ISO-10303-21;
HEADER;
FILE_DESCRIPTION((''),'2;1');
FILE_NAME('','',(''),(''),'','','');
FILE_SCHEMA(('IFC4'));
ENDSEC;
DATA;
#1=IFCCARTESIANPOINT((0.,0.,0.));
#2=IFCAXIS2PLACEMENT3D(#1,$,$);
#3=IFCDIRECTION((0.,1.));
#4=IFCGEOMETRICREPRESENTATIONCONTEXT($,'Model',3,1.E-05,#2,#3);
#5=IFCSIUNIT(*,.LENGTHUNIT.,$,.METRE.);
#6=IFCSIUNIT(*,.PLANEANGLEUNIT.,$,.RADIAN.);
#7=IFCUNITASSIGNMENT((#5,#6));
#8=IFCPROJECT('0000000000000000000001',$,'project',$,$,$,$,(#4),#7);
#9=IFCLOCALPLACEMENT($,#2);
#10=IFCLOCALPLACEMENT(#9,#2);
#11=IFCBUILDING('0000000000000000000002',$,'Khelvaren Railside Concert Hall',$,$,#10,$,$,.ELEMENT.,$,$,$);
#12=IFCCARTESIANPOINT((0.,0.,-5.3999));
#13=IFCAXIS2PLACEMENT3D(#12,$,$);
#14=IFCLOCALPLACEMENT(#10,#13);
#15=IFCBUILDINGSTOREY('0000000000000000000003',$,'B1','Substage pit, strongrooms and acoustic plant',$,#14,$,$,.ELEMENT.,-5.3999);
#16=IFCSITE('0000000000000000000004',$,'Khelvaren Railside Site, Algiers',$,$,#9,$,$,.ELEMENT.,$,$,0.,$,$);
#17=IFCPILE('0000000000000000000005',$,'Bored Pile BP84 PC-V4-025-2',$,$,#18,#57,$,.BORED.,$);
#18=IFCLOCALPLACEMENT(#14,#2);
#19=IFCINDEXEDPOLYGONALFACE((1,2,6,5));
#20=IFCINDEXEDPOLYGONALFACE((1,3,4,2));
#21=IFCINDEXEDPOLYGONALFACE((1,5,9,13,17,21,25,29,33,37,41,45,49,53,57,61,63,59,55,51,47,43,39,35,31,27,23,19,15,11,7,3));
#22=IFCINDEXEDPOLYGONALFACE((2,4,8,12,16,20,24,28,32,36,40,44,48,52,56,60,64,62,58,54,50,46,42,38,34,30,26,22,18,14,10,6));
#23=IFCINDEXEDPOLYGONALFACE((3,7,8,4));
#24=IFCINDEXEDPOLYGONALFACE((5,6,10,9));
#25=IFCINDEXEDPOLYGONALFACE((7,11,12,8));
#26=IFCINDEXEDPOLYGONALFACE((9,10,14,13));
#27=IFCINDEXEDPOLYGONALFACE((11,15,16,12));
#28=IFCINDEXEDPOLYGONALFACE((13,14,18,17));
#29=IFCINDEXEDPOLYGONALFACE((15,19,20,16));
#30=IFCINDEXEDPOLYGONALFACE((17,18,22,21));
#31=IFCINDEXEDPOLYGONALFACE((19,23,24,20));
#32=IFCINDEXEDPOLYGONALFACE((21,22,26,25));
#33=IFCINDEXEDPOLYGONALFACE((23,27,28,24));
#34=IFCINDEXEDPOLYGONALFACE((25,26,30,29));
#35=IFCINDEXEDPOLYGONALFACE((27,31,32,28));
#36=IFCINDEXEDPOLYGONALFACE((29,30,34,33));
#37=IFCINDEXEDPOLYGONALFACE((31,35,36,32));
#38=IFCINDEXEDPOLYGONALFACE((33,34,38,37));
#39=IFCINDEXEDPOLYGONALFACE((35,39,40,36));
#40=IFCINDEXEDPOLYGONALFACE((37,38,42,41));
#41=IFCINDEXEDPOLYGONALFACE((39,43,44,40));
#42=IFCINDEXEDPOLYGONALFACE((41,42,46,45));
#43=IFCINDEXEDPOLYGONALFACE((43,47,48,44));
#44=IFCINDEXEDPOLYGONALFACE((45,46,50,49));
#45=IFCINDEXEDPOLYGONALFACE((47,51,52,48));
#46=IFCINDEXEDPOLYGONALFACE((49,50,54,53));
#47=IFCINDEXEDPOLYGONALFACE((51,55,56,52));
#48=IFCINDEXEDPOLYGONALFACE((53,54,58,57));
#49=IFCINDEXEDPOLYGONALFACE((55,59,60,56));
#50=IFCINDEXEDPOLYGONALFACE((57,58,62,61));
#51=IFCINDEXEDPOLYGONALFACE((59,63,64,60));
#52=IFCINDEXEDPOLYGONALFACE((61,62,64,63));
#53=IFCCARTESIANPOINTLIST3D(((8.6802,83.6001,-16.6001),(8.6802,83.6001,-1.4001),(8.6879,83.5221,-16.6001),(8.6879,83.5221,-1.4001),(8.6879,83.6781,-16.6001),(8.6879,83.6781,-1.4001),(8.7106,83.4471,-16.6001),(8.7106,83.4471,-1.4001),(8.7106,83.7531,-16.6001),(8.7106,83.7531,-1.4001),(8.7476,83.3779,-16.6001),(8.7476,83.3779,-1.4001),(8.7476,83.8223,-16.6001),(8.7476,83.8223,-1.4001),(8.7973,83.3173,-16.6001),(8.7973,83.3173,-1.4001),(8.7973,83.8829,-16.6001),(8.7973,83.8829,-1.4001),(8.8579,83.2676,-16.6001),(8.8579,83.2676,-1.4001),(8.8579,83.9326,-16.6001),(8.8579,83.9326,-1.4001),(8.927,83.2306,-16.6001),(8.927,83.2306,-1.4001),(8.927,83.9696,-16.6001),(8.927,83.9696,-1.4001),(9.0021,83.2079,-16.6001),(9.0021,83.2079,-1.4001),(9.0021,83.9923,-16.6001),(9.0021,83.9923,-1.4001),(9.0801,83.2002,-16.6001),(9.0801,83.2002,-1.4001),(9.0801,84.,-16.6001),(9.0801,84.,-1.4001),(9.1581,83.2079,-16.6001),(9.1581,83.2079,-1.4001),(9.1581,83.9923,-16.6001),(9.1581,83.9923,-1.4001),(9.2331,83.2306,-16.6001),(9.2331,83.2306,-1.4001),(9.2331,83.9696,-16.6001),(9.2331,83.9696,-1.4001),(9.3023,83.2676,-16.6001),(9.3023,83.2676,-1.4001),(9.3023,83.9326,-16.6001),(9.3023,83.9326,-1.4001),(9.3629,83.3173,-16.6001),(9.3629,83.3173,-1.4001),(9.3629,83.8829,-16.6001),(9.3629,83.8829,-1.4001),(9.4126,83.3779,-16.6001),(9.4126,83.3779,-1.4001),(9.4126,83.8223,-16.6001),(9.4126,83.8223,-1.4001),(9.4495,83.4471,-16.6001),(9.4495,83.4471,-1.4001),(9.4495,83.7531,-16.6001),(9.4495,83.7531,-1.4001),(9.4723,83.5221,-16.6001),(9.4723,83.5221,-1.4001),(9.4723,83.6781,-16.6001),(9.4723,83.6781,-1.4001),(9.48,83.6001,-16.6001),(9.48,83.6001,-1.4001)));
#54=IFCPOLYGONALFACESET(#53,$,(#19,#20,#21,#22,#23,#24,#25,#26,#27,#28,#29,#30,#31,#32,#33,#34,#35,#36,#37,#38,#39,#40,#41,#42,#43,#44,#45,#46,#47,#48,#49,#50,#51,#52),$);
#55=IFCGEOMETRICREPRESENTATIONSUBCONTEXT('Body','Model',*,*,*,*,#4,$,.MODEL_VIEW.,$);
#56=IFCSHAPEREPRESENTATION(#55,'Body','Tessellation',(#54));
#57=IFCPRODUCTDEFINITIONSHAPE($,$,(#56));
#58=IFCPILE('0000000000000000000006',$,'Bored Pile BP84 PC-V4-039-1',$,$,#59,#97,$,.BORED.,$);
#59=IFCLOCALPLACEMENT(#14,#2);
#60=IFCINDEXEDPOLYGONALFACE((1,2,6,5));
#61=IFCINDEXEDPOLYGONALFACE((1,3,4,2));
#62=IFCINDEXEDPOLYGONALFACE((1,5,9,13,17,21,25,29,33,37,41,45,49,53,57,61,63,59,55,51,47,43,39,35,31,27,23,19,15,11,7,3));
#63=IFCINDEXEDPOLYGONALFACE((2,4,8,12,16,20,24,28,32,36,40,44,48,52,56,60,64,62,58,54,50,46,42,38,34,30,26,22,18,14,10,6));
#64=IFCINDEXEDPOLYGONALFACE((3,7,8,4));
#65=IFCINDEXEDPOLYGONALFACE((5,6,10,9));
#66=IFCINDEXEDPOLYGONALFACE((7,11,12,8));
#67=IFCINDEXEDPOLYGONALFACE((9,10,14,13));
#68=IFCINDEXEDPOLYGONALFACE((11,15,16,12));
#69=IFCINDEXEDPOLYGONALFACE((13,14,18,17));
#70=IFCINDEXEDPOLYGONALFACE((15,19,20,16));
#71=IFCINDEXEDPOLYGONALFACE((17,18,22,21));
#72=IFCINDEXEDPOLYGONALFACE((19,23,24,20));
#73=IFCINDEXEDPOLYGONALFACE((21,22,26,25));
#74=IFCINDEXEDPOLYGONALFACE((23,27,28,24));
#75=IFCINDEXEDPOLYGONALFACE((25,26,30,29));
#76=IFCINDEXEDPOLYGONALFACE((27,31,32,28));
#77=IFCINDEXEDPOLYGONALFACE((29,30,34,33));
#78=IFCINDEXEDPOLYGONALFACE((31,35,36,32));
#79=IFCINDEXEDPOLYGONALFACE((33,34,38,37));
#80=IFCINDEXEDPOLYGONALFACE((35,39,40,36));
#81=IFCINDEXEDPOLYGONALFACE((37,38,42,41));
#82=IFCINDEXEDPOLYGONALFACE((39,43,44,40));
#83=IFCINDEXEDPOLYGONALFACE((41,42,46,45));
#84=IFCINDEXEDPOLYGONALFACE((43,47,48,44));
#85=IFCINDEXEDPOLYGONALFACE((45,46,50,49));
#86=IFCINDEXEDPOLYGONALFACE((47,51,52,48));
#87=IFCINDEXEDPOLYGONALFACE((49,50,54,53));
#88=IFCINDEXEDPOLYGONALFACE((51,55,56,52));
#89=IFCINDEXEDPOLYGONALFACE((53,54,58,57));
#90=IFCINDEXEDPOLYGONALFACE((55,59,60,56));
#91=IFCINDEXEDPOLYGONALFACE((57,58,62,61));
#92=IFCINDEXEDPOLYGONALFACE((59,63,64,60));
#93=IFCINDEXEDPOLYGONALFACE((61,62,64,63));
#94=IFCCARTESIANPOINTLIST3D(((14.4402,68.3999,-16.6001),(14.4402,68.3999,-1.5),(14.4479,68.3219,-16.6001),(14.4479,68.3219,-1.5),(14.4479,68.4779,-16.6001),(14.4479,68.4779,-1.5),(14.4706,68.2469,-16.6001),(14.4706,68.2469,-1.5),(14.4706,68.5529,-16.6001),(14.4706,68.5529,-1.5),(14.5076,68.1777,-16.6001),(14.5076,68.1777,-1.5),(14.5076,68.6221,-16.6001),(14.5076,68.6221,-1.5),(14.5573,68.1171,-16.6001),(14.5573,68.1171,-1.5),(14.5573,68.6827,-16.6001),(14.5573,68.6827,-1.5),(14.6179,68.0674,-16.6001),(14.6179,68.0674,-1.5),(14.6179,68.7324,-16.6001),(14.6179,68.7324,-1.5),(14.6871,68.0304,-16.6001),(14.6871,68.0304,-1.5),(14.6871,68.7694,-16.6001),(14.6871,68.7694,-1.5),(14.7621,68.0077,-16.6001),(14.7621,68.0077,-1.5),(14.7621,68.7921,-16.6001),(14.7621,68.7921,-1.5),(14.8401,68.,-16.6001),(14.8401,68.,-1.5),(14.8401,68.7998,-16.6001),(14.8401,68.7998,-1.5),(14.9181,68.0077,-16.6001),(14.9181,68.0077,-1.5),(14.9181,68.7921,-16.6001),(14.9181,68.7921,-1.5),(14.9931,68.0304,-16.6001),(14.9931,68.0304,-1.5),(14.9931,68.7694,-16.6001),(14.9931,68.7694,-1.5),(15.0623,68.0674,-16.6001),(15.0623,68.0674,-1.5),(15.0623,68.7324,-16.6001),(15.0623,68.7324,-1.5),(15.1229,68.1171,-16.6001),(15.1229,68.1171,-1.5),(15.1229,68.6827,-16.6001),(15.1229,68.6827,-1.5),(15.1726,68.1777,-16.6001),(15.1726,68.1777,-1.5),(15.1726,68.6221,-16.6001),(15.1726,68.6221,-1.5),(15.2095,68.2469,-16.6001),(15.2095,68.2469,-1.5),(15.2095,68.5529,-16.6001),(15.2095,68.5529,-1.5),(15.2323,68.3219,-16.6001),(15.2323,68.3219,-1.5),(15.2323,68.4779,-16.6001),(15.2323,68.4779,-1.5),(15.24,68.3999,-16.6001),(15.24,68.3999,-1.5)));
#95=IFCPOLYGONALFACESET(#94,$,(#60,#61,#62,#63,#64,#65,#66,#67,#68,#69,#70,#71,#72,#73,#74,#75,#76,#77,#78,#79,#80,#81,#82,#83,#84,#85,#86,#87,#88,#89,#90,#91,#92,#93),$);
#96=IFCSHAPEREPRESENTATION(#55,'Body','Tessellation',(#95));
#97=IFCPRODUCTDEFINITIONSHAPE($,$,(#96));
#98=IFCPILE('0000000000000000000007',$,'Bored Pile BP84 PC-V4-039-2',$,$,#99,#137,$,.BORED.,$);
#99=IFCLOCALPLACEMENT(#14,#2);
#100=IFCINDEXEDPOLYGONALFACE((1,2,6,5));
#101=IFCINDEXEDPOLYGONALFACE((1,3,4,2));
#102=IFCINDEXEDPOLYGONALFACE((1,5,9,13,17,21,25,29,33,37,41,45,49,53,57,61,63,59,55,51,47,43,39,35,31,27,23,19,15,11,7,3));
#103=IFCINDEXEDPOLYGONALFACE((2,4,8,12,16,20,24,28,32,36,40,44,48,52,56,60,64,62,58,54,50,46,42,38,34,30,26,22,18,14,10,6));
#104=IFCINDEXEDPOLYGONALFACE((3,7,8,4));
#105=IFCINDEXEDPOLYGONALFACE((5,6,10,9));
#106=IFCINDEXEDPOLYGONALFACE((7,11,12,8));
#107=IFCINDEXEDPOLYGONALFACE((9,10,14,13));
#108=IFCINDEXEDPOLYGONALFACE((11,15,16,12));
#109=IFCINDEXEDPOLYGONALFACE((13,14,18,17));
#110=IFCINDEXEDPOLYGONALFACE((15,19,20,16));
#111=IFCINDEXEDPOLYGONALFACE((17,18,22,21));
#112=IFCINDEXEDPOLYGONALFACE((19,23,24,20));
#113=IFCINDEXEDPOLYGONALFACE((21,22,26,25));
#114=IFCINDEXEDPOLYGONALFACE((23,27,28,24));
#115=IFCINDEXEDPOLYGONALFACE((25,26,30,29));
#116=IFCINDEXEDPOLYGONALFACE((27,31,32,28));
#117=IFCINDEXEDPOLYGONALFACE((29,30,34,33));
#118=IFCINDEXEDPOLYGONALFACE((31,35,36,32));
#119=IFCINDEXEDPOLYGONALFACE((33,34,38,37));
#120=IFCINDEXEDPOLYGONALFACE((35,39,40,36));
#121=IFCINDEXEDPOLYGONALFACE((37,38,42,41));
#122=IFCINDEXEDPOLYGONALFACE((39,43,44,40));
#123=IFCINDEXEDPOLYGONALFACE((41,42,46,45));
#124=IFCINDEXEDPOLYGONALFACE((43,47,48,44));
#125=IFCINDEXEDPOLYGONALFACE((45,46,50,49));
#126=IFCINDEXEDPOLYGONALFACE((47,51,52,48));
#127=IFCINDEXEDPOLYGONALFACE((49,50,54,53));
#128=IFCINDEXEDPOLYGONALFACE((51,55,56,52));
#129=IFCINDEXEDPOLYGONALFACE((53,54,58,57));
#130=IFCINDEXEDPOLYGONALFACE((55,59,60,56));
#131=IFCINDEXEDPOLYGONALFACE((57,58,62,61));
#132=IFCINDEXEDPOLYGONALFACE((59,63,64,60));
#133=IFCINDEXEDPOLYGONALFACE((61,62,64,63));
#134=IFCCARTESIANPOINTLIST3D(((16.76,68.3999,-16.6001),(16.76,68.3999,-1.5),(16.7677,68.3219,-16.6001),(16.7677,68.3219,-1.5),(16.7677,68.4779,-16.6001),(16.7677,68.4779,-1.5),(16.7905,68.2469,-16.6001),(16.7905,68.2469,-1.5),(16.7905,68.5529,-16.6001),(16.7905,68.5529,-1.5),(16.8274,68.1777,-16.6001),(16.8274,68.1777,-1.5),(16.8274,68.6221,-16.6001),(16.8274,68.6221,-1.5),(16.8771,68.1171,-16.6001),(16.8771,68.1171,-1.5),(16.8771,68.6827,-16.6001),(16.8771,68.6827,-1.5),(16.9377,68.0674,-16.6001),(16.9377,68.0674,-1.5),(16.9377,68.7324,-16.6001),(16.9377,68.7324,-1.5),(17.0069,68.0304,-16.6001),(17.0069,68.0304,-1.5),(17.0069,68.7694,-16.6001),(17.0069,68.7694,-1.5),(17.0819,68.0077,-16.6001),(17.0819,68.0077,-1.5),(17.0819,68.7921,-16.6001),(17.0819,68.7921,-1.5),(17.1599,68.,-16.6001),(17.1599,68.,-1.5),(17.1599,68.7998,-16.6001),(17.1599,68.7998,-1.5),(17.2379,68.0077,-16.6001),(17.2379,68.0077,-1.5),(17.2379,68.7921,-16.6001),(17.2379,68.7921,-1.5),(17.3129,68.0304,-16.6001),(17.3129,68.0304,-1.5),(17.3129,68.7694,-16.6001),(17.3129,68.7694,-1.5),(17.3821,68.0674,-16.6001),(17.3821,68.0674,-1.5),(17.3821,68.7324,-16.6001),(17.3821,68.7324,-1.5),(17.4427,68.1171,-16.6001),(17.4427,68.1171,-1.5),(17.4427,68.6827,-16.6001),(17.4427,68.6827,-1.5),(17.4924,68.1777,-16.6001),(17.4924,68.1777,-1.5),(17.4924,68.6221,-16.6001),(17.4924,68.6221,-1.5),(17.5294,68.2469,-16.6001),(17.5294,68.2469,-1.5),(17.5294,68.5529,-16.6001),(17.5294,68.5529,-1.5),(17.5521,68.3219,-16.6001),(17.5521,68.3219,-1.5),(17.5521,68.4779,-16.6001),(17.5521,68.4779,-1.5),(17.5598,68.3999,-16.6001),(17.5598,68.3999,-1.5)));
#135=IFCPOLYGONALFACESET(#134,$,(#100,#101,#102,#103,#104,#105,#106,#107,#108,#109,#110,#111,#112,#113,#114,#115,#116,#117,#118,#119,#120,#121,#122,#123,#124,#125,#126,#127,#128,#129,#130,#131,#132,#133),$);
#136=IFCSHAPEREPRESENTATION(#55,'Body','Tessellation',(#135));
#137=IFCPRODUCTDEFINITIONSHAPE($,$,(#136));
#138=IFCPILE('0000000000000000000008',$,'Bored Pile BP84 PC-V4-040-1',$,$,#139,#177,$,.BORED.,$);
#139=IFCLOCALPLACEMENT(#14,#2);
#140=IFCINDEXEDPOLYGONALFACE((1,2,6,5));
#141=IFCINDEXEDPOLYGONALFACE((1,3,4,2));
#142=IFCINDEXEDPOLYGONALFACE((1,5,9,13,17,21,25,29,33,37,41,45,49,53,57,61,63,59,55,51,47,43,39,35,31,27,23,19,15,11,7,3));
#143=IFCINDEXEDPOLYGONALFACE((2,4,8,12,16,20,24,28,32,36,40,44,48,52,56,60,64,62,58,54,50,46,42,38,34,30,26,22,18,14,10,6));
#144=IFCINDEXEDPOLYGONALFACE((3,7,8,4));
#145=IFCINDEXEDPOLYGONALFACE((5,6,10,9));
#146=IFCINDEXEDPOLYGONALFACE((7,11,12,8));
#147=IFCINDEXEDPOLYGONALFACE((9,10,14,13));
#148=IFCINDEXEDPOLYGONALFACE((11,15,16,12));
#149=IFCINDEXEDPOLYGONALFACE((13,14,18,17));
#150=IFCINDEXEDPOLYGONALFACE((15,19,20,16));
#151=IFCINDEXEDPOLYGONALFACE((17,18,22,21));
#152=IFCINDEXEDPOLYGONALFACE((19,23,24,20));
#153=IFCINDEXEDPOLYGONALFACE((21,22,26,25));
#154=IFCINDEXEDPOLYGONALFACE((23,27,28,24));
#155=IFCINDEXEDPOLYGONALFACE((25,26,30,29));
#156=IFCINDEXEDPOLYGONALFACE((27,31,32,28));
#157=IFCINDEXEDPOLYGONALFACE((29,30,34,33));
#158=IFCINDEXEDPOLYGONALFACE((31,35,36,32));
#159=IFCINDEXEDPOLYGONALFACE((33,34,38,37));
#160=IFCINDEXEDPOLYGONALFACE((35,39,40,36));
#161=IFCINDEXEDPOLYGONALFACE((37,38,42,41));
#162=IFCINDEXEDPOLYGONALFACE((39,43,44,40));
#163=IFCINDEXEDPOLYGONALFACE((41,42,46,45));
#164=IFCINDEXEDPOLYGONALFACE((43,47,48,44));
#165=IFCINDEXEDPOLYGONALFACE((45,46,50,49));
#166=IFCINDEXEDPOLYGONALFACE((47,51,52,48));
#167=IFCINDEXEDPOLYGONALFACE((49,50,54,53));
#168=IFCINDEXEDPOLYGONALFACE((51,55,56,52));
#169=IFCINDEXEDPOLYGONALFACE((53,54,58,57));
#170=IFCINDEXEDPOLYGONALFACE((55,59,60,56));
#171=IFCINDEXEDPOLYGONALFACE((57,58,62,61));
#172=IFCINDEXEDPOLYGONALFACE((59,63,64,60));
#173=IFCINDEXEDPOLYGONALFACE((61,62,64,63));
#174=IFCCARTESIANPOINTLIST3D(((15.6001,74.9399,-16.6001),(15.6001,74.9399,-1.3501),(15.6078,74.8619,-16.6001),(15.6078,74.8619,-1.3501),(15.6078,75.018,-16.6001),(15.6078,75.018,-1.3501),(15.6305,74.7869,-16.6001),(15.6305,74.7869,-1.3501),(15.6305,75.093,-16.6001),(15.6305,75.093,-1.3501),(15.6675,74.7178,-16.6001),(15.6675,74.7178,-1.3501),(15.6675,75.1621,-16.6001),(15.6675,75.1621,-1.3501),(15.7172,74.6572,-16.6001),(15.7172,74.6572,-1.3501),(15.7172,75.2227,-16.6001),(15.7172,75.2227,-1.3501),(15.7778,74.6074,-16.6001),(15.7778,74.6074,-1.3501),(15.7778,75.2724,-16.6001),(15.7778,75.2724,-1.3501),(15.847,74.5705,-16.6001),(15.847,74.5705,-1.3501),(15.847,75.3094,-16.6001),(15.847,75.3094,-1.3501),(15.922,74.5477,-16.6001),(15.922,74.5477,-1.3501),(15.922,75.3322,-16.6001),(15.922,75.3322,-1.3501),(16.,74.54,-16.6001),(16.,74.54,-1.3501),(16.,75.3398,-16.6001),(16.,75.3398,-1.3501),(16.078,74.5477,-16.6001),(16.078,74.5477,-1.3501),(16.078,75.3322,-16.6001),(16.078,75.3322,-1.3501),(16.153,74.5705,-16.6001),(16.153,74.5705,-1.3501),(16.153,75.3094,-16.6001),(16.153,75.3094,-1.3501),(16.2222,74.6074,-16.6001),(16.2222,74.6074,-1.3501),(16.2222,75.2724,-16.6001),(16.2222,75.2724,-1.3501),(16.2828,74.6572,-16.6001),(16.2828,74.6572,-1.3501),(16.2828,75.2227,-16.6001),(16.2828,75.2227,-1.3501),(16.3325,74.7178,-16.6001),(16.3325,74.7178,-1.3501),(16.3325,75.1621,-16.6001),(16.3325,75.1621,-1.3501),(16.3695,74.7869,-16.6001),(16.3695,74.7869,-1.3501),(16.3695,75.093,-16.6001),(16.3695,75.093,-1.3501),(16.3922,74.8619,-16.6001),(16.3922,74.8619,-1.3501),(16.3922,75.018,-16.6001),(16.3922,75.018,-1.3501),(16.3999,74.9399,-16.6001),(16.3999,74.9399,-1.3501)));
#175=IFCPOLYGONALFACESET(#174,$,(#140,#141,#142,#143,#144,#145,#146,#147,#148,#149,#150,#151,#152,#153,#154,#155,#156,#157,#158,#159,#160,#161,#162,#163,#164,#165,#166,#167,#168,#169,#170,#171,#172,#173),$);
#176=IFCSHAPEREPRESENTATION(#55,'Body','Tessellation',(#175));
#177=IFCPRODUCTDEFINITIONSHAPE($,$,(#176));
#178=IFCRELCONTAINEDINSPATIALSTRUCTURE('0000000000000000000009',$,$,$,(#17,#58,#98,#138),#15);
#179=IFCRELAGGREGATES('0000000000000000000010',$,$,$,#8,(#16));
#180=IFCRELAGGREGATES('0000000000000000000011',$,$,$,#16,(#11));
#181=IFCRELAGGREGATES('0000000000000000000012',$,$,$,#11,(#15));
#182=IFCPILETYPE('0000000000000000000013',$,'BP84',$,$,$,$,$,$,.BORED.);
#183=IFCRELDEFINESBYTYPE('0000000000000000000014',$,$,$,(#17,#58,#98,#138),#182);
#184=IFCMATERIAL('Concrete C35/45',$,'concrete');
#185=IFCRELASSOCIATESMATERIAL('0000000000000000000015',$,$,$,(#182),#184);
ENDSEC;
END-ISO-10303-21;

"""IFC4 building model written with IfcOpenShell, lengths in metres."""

from ifc_helpers import new_model, si_unit, direction, frame, origin, origin_2d, place, context, subcontext, project, spatial, circle, extrude, material, material_profile, profile_set, type_object, element, save


model = new_model("IFC4")

# Units and contexts
model_context = context("Model", 3, precision=1e-05, world=origin(), true_north=direction((0.0, 1.0)))
body_context = subcontext(model_context, "Body", "Model", "MODEL_VIEW")
ifc_project = project(units=[si_unit("LENGTHUNIT", "METRE"), si_unit("PLANEANGLEUNIT", "RADIAN")], contexts=[model_context])

# Site, building, storey
site_placement = place(None, origin())
site = spatial("IfcSite", under=ifc_project, at=site_placement, Name="Khelvaren Railside Site, Algiers", CompositionType="ELEMENT", RefElevation=0.0)
building_placement = place(site_placement, origin())
building = spatial("IfcBuilding", under=site, at=building_placement, Name="Khelvaren Railside Concert Hall", CompositionType="ELEMENT")
storey_placement = place(building_placement, frame((0.0, 0.0, -5.3999)))
storey = spatial("IfcBuildingStorey", under=building, at=storey_placement, Name="B1", Description="Substage pit, strongrooms and acoustic plant", CompositionType="ELEMENT", Elevation=-5.3999)

# Piles
ifc_material_1 = material(Name="Concrete C35/45", Category="concrete")
ifc_material_profile_1 = material_profile(ifc_material_1, circle(Radius=0.3999, at=origin_2d()), Name="BP D800")
ifc_profile_set_1 = profile_set([ifc_material_profile_1], Name="Concrete C35/45")
pile_type_1 = type_object("IfcPileType", Name="BP84", PredefinedType="BORED", material=ifc_profile_set_1)
for number, where, z_axis, x_axis, name in (
    (1, (9.0801, 83.6001, -1.4001), (0.0, 0.0, -1.0), (1.0, 0.0, 0.0), "Bored Pile BP84 PC-V4-025-2"),
):
    element("IfcPile", number, at=place(storey_placement, frame(where, z_axis=z_axis, x_axis=x_axis)), inside=storey, type_object=pile_type_1, Name=name, PredefinedType="BORED", context=body_context, shape_type="SweptSolid", body=[
        extrude(circle(Radius=0.3999, at=origin_2d()), origin(), (0.0, 0.0, 1.0), 15.2),
    ])
for number, where, z_axis, x_axis, name in (
    (2, (14.8401, 68.3999, -1.5), (0.0, 0.0, -1.0), (1.0, 0.0, 0.0), "Bored Pile BP84 PC-V4-039-1"),
    (3, (17.1599, 68.3999, -1.5), (0.0, 0.0, -1.0), (1.0, 0.0, 0.0), "Bored Pile BP84 PC-V4-039-2"),
):
    element("IfcPile", number, at=place(storey_placement, frame(where, z_axis=z_axis, x_axis=x_axis)), inside=storey, type_object=pile_type_1, Name=name, PredefinedType="BORED", context=body_context, shape_type="SweptSolid", body=[
        extrude(circle(Radius=0.3999, at=origin_2d()), origin(), (0.0, 0.0, 1.0), 15.1001),
    ])
for number, where, z_axis, x_axis, name in (
    (4, (16.0, 74.9399, -1.3501), (0.0, 0.0, -1.0), (1.0, 0.0, 0.0), "Bored Pile BP84 PC-V4-040-1"),
):
    element("IfcPile", number, at=place(storey_placement, frame(where, z_axis=z_axis, x_axis=x_axis)), inside=storey, type_object=pile_type_1, Name=name, PredefinedType="BORED", context=body_context, shape_type="SweptSolid", body=[
        extrude(circle(Radius=0.3999, at=origin_2d()), origin(), (0.0, 0.0, 1.0), 15.25),
    ])

save(model, "model.ifc")
